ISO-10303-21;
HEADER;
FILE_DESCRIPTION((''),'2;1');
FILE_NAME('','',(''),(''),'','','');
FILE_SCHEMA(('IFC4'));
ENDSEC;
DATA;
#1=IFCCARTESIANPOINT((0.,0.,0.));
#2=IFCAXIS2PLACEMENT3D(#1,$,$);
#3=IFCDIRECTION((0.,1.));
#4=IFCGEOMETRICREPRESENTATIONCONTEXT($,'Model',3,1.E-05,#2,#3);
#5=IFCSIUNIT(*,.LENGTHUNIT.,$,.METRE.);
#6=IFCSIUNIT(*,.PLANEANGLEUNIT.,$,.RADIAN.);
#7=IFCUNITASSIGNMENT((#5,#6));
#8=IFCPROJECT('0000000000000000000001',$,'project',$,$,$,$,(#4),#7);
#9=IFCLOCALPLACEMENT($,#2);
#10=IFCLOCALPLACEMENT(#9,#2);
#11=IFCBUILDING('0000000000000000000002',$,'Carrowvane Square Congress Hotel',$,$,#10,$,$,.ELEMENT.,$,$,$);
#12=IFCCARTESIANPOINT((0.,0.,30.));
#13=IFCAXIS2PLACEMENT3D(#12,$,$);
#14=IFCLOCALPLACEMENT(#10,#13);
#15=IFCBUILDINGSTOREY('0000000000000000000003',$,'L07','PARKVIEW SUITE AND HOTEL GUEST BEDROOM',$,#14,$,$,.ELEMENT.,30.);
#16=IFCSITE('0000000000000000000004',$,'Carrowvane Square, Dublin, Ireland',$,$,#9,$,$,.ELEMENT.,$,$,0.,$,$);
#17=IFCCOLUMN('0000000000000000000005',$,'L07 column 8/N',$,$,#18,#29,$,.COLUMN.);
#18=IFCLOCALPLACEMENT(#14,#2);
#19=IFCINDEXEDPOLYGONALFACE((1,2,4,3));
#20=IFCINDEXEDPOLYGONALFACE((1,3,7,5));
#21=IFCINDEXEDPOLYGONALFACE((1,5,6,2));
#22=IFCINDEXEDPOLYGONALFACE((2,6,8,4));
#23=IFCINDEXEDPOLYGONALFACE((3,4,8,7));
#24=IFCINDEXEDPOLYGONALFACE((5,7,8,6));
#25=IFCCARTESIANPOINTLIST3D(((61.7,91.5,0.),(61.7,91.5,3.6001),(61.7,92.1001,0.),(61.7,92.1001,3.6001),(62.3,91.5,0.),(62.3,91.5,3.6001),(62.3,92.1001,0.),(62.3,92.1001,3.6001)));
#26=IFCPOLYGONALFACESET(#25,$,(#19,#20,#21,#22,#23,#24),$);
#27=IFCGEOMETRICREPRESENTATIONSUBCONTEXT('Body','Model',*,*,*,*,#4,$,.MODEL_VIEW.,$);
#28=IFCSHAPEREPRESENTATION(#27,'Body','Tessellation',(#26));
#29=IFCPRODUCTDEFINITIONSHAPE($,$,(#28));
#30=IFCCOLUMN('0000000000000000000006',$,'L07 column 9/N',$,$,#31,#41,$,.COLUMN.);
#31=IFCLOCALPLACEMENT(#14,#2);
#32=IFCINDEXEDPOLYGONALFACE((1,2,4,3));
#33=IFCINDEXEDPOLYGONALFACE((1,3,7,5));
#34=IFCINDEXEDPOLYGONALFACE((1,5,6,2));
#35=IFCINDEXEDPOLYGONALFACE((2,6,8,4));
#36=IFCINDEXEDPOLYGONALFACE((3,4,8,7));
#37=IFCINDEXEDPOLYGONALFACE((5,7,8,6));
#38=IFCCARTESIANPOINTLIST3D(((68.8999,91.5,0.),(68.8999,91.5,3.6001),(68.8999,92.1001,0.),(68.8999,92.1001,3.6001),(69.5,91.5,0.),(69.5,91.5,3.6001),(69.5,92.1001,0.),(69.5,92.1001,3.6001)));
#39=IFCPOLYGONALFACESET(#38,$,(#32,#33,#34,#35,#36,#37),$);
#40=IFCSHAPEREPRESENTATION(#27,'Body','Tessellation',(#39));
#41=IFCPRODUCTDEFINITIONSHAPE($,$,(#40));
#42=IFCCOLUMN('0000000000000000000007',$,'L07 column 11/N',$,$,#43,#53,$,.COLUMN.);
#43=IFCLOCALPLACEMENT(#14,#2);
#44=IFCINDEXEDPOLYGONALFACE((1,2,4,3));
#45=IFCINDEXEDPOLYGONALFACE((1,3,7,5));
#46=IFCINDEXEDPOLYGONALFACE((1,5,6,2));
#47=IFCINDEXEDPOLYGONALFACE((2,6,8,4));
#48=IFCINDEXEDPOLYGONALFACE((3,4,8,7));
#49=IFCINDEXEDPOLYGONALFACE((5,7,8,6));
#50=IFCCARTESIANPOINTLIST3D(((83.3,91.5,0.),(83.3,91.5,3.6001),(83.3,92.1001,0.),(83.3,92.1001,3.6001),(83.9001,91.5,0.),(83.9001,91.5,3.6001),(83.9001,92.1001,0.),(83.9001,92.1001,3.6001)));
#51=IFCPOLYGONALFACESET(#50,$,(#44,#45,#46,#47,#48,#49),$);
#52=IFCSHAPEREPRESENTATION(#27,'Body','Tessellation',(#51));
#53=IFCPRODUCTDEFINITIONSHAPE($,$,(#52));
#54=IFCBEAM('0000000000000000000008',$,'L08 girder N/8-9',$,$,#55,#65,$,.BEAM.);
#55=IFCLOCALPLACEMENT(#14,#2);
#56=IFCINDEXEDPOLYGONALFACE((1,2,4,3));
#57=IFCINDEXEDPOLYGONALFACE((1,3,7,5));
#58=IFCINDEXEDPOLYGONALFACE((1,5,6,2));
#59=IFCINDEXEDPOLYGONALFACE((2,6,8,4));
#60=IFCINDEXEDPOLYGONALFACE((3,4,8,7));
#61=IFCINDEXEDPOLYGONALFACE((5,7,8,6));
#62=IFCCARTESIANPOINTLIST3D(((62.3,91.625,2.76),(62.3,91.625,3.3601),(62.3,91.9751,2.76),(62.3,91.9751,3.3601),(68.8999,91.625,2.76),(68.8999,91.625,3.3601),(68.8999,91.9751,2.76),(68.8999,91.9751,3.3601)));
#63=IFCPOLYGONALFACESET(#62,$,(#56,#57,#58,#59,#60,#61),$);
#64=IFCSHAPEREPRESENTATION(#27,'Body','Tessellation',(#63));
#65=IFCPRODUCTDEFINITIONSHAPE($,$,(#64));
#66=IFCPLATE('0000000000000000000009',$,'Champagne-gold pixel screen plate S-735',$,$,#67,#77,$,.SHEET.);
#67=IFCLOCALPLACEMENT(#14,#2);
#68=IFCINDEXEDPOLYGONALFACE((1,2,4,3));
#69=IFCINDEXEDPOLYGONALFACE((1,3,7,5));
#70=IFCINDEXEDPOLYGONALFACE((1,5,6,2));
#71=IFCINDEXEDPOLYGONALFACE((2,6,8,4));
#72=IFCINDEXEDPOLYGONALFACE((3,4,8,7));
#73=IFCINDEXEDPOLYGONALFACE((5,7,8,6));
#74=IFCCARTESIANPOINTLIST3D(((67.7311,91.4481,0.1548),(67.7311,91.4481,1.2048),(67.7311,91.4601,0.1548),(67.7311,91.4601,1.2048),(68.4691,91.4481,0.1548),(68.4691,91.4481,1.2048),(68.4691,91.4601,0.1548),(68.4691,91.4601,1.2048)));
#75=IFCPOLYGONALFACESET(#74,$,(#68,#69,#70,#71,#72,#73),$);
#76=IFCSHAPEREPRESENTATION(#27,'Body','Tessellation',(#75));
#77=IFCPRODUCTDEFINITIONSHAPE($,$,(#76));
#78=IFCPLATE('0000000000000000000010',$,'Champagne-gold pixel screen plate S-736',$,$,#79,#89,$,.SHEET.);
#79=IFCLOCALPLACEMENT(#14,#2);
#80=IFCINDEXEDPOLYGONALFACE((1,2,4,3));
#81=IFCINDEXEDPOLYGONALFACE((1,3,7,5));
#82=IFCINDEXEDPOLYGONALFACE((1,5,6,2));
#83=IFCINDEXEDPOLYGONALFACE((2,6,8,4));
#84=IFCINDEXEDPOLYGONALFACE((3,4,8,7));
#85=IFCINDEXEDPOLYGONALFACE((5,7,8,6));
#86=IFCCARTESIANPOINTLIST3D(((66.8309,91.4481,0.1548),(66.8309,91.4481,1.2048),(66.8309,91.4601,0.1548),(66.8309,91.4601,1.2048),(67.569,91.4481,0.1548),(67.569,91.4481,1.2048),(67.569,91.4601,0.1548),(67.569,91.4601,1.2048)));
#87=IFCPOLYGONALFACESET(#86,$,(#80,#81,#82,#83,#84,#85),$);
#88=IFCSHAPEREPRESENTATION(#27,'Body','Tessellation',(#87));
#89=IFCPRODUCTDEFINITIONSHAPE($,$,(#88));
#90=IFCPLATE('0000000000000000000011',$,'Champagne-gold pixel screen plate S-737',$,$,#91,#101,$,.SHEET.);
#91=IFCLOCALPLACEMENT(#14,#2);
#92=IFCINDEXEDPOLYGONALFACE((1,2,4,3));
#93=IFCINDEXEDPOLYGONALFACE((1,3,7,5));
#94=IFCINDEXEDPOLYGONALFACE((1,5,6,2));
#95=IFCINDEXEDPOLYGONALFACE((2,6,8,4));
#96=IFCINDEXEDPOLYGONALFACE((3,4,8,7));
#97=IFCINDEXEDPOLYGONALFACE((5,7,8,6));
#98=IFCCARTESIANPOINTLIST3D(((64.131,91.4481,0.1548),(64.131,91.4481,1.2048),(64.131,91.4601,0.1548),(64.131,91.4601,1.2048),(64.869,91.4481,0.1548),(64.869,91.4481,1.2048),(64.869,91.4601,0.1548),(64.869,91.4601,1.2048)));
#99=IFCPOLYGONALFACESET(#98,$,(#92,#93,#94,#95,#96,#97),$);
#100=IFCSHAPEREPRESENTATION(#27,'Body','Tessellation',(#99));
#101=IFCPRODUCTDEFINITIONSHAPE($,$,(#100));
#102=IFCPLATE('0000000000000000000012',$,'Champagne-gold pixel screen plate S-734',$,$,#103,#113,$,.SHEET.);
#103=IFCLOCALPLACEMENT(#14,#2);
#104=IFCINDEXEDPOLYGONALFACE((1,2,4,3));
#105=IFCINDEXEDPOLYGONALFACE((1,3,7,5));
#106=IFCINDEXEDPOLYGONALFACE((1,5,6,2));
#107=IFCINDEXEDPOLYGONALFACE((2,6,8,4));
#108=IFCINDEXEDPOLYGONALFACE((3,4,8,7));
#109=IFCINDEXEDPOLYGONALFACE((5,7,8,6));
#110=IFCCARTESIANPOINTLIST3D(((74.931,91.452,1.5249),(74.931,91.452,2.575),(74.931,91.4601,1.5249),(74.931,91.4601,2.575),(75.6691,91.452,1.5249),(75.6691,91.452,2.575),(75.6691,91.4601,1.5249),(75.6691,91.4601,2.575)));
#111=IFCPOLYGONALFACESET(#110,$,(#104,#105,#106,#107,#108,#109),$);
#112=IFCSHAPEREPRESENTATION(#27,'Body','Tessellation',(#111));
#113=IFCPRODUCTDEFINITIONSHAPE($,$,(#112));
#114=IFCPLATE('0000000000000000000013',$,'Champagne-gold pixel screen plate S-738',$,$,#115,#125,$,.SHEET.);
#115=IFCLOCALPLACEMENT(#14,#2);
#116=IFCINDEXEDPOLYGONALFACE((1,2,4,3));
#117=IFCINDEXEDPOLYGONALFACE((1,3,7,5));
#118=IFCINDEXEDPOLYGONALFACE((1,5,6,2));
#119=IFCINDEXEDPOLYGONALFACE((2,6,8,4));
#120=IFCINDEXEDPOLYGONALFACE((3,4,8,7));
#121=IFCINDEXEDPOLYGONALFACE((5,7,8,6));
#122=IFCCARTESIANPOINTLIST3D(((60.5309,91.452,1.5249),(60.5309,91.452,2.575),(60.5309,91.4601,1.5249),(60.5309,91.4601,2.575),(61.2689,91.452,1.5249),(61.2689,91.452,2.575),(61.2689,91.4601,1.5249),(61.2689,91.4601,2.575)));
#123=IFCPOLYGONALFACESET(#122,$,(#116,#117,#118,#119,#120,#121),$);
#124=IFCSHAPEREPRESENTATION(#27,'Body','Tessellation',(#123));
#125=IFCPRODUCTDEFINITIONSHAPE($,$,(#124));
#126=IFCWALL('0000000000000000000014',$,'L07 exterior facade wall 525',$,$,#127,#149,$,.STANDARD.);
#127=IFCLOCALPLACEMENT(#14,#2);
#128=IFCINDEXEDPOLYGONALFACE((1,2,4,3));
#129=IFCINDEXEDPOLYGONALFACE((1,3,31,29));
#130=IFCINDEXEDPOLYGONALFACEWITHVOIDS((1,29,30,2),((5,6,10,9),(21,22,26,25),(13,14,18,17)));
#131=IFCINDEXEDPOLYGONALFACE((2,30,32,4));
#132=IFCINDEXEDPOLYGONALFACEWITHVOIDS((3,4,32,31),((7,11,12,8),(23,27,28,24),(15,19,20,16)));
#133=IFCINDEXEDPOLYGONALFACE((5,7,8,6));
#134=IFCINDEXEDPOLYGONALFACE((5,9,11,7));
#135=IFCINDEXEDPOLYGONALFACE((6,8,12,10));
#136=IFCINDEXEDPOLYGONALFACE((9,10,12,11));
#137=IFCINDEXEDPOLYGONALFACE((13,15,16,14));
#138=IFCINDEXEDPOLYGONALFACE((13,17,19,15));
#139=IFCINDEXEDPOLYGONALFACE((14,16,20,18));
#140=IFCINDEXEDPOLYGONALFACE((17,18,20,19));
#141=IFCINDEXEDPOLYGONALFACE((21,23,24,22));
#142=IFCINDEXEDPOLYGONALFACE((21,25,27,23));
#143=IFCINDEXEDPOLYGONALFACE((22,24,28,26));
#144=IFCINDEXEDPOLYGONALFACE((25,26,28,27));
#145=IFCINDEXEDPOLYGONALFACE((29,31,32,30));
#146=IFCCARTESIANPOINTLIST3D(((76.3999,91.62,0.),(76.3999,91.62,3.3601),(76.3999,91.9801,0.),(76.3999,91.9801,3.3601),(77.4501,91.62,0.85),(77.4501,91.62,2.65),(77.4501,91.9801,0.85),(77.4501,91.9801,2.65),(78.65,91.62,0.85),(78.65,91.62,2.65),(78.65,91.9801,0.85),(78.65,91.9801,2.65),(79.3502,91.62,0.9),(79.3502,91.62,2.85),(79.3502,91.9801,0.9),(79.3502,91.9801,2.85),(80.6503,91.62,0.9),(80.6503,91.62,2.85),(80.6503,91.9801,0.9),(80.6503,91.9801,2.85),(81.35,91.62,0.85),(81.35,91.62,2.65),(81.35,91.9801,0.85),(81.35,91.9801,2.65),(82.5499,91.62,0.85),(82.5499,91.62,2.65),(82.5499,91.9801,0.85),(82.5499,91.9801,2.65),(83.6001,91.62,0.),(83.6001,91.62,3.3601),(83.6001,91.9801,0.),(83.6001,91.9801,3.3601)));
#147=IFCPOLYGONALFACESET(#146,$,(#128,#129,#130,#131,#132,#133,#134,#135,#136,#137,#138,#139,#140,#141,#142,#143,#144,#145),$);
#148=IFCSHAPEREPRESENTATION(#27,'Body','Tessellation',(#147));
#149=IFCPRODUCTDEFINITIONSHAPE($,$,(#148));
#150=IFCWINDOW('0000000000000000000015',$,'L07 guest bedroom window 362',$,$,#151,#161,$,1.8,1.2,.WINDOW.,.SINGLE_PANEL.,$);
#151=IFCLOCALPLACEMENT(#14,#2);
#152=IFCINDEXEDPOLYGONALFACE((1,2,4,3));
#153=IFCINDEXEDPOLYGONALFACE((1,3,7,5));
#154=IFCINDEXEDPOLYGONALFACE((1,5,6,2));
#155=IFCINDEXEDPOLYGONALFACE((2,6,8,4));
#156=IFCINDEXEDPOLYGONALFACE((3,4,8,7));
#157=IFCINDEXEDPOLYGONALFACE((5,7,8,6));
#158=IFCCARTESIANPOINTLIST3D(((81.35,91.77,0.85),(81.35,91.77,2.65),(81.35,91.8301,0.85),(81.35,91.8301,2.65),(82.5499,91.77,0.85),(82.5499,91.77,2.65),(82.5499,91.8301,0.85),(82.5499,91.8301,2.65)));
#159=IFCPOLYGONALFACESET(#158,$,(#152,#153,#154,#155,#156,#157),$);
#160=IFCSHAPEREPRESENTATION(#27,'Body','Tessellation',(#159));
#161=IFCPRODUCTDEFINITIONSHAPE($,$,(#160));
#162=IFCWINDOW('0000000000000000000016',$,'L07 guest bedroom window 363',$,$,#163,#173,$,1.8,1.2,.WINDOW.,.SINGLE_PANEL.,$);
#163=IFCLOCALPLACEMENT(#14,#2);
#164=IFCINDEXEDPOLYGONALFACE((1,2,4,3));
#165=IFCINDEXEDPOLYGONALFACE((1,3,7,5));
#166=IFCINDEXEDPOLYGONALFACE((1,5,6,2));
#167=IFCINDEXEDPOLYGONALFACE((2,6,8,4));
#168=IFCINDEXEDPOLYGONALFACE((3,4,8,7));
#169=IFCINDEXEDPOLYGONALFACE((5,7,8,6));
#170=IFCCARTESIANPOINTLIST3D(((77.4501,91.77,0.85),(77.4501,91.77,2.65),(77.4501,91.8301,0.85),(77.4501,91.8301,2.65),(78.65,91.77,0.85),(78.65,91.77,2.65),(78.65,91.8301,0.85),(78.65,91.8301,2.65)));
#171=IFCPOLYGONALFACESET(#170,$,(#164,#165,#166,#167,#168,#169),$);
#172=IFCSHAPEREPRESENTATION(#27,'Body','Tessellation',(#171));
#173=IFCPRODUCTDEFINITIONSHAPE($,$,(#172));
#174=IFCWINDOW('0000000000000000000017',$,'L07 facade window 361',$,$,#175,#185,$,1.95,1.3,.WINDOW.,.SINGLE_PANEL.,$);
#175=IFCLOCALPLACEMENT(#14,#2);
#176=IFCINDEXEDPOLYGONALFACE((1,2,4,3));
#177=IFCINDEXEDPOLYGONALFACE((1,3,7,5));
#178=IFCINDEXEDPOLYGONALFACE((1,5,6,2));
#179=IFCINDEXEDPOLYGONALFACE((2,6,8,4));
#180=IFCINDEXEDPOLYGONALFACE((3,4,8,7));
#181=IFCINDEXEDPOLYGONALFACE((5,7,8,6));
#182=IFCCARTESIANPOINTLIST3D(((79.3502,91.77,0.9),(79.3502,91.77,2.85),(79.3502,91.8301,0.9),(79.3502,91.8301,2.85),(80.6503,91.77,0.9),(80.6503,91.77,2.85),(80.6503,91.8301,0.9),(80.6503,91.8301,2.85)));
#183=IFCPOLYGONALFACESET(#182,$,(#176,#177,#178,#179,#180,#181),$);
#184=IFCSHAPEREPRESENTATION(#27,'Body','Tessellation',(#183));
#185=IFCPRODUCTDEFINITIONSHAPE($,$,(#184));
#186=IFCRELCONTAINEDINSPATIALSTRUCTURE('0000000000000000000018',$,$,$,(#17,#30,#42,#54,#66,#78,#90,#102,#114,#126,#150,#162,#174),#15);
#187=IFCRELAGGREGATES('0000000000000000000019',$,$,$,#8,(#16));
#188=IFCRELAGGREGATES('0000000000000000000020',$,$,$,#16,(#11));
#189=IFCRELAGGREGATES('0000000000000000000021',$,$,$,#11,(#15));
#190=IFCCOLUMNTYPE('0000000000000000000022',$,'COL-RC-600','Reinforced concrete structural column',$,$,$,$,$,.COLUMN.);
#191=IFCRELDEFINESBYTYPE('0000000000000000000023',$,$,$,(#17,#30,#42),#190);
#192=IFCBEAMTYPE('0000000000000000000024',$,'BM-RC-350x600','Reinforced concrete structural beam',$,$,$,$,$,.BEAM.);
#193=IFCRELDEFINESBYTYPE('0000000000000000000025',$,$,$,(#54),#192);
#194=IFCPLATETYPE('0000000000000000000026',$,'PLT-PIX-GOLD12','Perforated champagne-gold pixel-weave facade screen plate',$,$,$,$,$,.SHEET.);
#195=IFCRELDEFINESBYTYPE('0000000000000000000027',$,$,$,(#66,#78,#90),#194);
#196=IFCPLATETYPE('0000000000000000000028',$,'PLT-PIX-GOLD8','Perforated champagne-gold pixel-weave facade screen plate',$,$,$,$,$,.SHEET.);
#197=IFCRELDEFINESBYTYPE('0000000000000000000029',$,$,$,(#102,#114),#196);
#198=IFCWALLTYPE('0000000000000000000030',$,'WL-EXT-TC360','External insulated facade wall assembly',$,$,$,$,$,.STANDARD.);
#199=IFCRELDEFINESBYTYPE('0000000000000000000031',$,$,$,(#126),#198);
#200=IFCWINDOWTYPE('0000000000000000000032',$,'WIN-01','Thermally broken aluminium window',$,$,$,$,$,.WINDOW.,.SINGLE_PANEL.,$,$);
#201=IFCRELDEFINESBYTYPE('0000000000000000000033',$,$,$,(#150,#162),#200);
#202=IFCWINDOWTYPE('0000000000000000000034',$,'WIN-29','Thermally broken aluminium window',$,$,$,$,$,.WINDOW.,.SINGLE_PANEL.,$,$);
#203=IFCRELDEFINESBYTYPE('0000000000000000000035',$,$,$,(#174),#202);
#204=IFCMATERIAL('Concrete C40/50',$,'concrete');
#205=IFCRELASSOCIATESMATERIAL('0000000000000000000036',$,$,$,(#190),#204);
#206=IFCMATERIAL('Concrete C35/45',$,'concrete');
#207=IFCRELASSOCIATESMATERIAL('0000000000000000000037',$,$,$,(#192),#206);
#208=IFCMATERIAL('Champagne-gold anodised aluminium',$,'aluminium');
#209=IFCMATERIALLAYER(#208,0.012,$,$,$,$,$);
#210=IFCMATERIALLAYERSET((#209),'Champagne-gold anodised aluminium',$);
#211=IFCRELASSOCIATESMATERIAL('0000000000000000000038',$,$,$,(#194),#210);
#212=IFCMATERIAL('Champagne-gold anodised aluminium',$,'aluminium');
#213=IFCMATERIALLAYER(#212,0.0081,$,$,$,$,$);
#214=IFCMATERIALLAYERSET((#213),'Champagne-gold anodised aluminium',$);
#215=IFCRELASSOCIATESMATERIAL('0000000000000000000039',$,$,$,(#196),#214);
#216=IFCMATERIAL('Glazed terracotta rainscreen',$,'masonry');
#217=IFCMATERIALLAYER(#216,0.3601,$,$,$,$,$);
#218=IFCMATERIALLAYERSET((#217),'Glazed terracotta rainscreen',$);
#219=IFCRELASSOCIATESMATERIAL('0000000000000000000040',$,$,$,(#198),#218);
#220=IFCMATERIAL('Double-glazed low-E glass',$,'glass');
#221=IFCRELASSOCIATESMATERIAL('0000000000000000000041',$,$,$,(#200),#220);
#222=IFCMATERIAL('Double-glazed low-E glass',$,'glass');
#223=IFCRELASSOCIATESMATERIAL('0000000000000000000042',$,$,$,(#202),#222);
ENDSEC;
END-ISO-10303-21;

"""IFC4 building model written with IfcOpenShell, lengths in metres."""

from ifc_helpers import new_model, si_unit, direction, frame, frame_2d, origin, origin_2d, place, context, subcontext, project, spatial, rectangle, extrude, material, layer, layer_set, material_profile, profile_set, type_object, element, fill, save


model = new_model("IFC4")

# Units and contexts
model_context = context("Model", 3, precision=1e-05, world=origin(), true_north=direction((0.0, 1.0)))
body_context = subcontext(model_context, "Body", "Model", "MODEL_VIEW")
ifc_project = project(units=[si_unit("LENGTHUNIT", "METRE"), si_unit("PLANEANGLEUNIT", "RADIAN")], contexts=[model_context])

# Site, building, storey
site_placement = place(None, origin())
site = spatial("IfcSite", under=ifc_project, at=site_placement, Name="Carrowvane Square, Dublin, Ireland", CompositionType="ELEMENT", RefElevation=0.0)
building_placement = place(site_placement, origin())
building = spatial("IfcBuilding", under=site, at=building_placement, Name="Carrowvane Square Congress Hotel", CompositionType="ELEMENT")
storey_placement = place(building_placement, frame((0.0, 0.0, 30.0)))
storey = spatial("IfcBuildingStorey", under=building, at=storey_placement, Name="L07", Description="PARKVIEW SUITE AND HOTEL GUEST BEDROOM", CompositionType="ELEMENT", Elevation=30.0)

# Columns
ifc_material_1 = material(Name="Concrete C40/50", Category="concrete")
ifc_material_profile_1 = material_profile(ifc_material_1, rectangle(XDim=0.6001, YDim=0.6001, at=origin_2d()), Name="RC 600x600")
ifc_profile_set_1 = profile_set([ifc_material_profile_1], Name="Concrete C40/50")
column_type = type_object("IfcColumnType", Name="COL-RC-600", Description="Reinforced concrete structural column", PredefinedType="COLUMN", material=ifc_profile_set_1)
for number, where, z_axis, x_axis, name in (
    (1, (62.0, 91.8, 0.0), (0.0, 0.0, 1.0), (1.0, 0.0, 0.0), "L07 column 8/N"),
    (2, (69.2, 91.8, 0.0), (0.0, 0.0, 1.0), (1.0, 0.0, 0.0), "L07 column 9/N"),
    (3, (83.6001, 91.8, 0.0), (0.0, 0.0, 1.0), (1.0, 0.0, 0.0), "L07 column 11/N"),
):
    element("IfcColumn", number, at=place(storey_placement, frame(where, z_axis=z_axis, x_axis=x_axis)), inside=storey, type_object=column_type, Name=name, PredefinedType="COLUMN", context=body_context, shape_type="SweptSolid", body=[
        extrude(rectangle(XDim=0.6001, YDim=0.6001, at=origin_2d()), origin(), (0.0, 0.0, 1.0), 3.6001),
    ])

# Beam
ifc_material_2 = material(Name="Concrete C35/45", Category="concrete")
ifc_material_profile_2 = material_profile(ifc_material_2, rectangle(XDim=0.3501, YDim=0.6001, at=origin_2d()), Name="RC 350x600")
ifc_profile_set_2 = profile_set([ifc_material_profile_2], Name="Concrete C35/45")
beam_type = type_object("IfcBeamType", Name="BM-RC-350x600", Description="Reinforced concrete structural beam", PredefinedType="BEAM", material=ifc_profile_set_2)
beam_placement = place(storey_placement, frame((62.3, 91.8, 3.0601), z_axis=(1.0, 0.0, 0.0), x_axis=(0.0, 1.0, 0.0)))
element("IfcBeam", 4, at=beam_placement, inside=storey, type_object=beam_type, Name="L08 girder N/8-9", PredefinedType="BEAM", context=body_context, shape_type="SweptSolid", body=[
    extrude(rectangle(XDim=0.3501, YDim=0.6001, at=origin_2d()), origin(), (0.0, 0.0, 1.0), 6.5999),
])

# Plates
ifc_material_3 = material(Name="Champagne-gold anodised aluminium", Category="aluminium")
ifc_layer_1 = layer(ifc_material_3, 0.012)
ifc_layer_set_1 = layer_set([ifc_layer_1], Name="Champagne-gold anodised aluminium")
plate_type_1 = type_object("IfcPlateType", Name="PLT-PIX-GOLD12", Description="Perforated champagne-gold pixel-weave facade screen plate", PredefinedType="SHEET", material=ifc_layer_set_1)
for number, where, z_axis, x_axis, name in (
    (5, (68.1001, 91.4541, 0.1548), (0.0, 0.0, 1.0), (-1.0, 0.0, 0.0), "Champagne-gold pixel screen plate S-735"),
    (6, (67.2, 91.4541, 0.1548), (0.0, 0.0, 1.0), (-1.0, 0.0, 0.0), "Champagne-gold pixel screen plate S-736"),
    (7, (64.5, 91.4541, 0.1548), (0.0, 0.0, 1.0), (-1.0, 0.0, 0.0), "Champagne-gold pixel screen plate S-737"),
):
    element("IfcPlate", number, at=place(storey_placement, frame(where, z_axis=z_axis, x_axis=x_axis)), inside=storey, type_object=plate_type_1, Name=name, PredefinedType="SHEET", context=body_context, shape_type="SweptSolid", body=[
        extrude(rectangle(XDim=0.738, YDim=0.012, at=origin_2d()), origin(), (0.0, 0.0, 1.0), 1.05),
    ])
ifc_material_4 = material(Name="Champagne-gold anodised aluminium", Category="aluminium")
ifc_layer_2 = layer(ifc_material_4, 0.0081)
ifc_layer_set_2 = layer_set([ifc_layer_2], Name="Champagne-gold anodised aluminium")
plate_type_2 = type_object("IfcPlateType", Name="PLT-PIX-GOLD8", Description="Perforated champagne-gold pixel-weave facade screen plate", PredefinedType="SHEET", material=ifc_layer_set_2)
for number, where, z_axis, x_axis, name in (
    (8, (75.3, 91.4561, 1.5249), (0.0, 0.0, 1.0), (-1.0, 0.0, 0.0), "Champagne-gold pixel screen plate S-734"),
    (9, (60.8999, 91.4561, 1.5249), (0.0, 0.0, 1.0), (-1.0, 0.0, 0.0), "Champagne-gold pixel screen plate S-738"),
):
    element("IfcPlate", number, at=place(storey_placement, frame(where, z_axis=z_axis, x_axis=x_axis)), inside=storey, type_object=plate_type_2, Name=name, PredefinedType="SHEET", context=body_context, shape_type="SweptSolid", body=[
        extrude(rectangle(XDim=0.738, YDim=0.0081, at=origin_2d()), origin(), (0.0, 0.0, 1.0), 1.05),
    ])

# Wall, openings, windows
ifc_material_5 = material(Name="Glazed terracotta rainscreen", Category="masonry")
ifc_layer_3 = layer(ifc_material_5, 0.3601)
ifc_layer_set_3 = layer_set([ifc_layer_3], Name="Glazed terracotta rainscreen")
wall_type = type_object("IfcWallType", Name="WL-EXT-TC360", Description="External insulated facade wall assembly", PredefinedType="STANDARD", material=ifc_layer_set_3)
wall_1_placement = place(storey_placement, frame((83.6001, 91.8, 0.0), z_axis=(0.0, 0.0, 1.0), x_axis=(-1.0, 0.0, 0.0)))
wall_1 = element("IfcWall", 10, at=wall_1_placement, inside=storey, type_object=wall_type, Name="L07 exterior facade wall 525", PredefinedType="STANDARD", context=body_context, shape_type="SweptSolid", body=[
    extrude(rectangle(XDim=7.2002, YDim=0.3601, at=frame_2d((3.6001, 0.0))), origin(), (0.0, 0.0, 1.0), 3.3601),
])
opening_1_placement = place(wall_1_placement, frame((2.95, 0.0, 0.8999)))
opening_1 = element("IfcOpeningElement", 11, at=opening_1_placement, cuts=wall_1, PredefinedType="OPENING", context=body_context, shape_type="SweptSolid", body=[
    extrude(rectangle(XDim=1.3, YDim=1.95, at=frame_2d((0.6499, 0.9751))), frame((0.0, 0.1899, 0.0), z_axis=(0.0, -1.0, 0.0), x_axis=(1.0, 0.0, 0.0)), (0.0, 0.0, 1.0), 0.3801),
])
opening_2_placement = place(wall_1_placement, frame((1.05, 0.0, 0.8501)))
opening_2 = element("IfcOpeningElement", 12, at=opening_2_placement, cuts=wall_1, PredefinedType="OPENING", context=body_context, shape_type="SweptSolid", body=[
    extrude(rectangle(XDim=1.2, YDim=1.8, at=frame_2d((0.6001, 0.8999))), frame((0.0, 0.1899, 0.0), z_axis=(0.0, -1.0, 0.0), x_axis=(1.0, 0.0, 0.0)), (0.0, 0.0, 1.0), 0.3801),
])
opening_3_placement = place(wall_1_placement, frame((4.95, 0.0, 0.8501)))
opening_3 = element("IfcOpeningElement", 13, at=opening_3_placement, cuts=wall_1, PredefinedType="OPENING", context=body_context, shape_type="SweptSolid", body=[
    extrude(rectangle(XDim=1.2, YDim=1.8, at=frame_2d((0.6001, 0.8999))), frame((0.0, 0.1899, 0.0), z_axis=(0.0, -1.0, 0.0), x_axis=(1.0, 0.0, 0.0)), (0.0, 0.0, 1.0), 0.3801),
])
ifc_material_6 = material(Name="Double-glazed low-E glass", Category="glass")
window_type_1 = type_object("IfcWindowType", Name="WIN-01", Description="Thermally broken aluminium window", PartitioningType="SINGLE_PANEL", PredefinedType="WINDOW", material=ifc_material_6)
window_1_placement = place(opening_2_placement, origin())
window_1 = element("IfcWindow", 14, at=window_1_placement, inside=storey, type_object=window_type_1, Name="L07 guest bedroom window 362", OverallHeight=1.8, OverallWidth=1.2, PartitioningType="SINGLE_PANEL", PredefinedType="WINDOW", context=body_context, shape_type="SweptSolid", body=[
    extrude(rectangle(XDim=1.2, YDim=1.8, at=frame_2d((0.6001, 0.8999))), frame((0.0, 0.03, 0.0), z_axis=(0.0, -1.0, 0.0), x_axis=(1.0, 0.0, 0.0)), (0.0, 0.0, 1.0), 0.0601),
])
fill(opening_2, window_1)
window_2_placement = place(opening_3_placement, origin())
window_2 = element("IfcWindow", 15, at=window_2_placement, inside=storey, type_object=window_type_1, Name="L07 guest bedroom window 363", OverallHeight=1.8, OverallWidth=1.2, PartitioningType="SINGLE_PANEL", PredefinedType="WINDOW", context=body_context, shape_type="SweptSolid", body=[
    extrude(rectangle(XDim=1.2, YDim=1.8, at=frame_2d((0.6001, 0.8999))), frame((0.0, 0.03, 0.0), z_axis=(0.0, -1.0, 0.0), x_axis=(1.0, 0.0, 0.0)), (0.0, 0.0, 1.0), 0.0601),
])
fill(opening_3, window_2)
ifc_material_7 = material(Name="Double-glazed low-E glass", Category="glass")
window_type_2 = type_object("IfcWindowType", Name="WIN-29", Description="Thermally broken aluminium window", PartitioningType="SINGLE_PANEL", PredefinedType="WINDOW", material=ifc_material_7)
window_3_placement = place(opening_1_placement, origin())
window_3 = element("IfcWindow", 16, at=window_3_placement, inside=storey, type_object=window_type_2, Name="L07 facade window 361", OverallHeight=1.95, OverallWidth=1.3, PartitioningType="SINGLE_PANEL", PredefinedType="WINDOW", context=body_context, shape_type="SweptSolid", body=[
    extrude(rectangle(XDim=1.3, YDim=1.95, at=frame_2d((0.6499, 0.9751))), frame((0.0, 0.03, 0.0), z_axis=(0.0, -1.0, 0.0), x_axis=(1.0, 0.0, 0.0)), (0.0, 0.0, 1.0), 0.0601),
])
fill(opening_1, window_3)

save(model, "model.ifc")
